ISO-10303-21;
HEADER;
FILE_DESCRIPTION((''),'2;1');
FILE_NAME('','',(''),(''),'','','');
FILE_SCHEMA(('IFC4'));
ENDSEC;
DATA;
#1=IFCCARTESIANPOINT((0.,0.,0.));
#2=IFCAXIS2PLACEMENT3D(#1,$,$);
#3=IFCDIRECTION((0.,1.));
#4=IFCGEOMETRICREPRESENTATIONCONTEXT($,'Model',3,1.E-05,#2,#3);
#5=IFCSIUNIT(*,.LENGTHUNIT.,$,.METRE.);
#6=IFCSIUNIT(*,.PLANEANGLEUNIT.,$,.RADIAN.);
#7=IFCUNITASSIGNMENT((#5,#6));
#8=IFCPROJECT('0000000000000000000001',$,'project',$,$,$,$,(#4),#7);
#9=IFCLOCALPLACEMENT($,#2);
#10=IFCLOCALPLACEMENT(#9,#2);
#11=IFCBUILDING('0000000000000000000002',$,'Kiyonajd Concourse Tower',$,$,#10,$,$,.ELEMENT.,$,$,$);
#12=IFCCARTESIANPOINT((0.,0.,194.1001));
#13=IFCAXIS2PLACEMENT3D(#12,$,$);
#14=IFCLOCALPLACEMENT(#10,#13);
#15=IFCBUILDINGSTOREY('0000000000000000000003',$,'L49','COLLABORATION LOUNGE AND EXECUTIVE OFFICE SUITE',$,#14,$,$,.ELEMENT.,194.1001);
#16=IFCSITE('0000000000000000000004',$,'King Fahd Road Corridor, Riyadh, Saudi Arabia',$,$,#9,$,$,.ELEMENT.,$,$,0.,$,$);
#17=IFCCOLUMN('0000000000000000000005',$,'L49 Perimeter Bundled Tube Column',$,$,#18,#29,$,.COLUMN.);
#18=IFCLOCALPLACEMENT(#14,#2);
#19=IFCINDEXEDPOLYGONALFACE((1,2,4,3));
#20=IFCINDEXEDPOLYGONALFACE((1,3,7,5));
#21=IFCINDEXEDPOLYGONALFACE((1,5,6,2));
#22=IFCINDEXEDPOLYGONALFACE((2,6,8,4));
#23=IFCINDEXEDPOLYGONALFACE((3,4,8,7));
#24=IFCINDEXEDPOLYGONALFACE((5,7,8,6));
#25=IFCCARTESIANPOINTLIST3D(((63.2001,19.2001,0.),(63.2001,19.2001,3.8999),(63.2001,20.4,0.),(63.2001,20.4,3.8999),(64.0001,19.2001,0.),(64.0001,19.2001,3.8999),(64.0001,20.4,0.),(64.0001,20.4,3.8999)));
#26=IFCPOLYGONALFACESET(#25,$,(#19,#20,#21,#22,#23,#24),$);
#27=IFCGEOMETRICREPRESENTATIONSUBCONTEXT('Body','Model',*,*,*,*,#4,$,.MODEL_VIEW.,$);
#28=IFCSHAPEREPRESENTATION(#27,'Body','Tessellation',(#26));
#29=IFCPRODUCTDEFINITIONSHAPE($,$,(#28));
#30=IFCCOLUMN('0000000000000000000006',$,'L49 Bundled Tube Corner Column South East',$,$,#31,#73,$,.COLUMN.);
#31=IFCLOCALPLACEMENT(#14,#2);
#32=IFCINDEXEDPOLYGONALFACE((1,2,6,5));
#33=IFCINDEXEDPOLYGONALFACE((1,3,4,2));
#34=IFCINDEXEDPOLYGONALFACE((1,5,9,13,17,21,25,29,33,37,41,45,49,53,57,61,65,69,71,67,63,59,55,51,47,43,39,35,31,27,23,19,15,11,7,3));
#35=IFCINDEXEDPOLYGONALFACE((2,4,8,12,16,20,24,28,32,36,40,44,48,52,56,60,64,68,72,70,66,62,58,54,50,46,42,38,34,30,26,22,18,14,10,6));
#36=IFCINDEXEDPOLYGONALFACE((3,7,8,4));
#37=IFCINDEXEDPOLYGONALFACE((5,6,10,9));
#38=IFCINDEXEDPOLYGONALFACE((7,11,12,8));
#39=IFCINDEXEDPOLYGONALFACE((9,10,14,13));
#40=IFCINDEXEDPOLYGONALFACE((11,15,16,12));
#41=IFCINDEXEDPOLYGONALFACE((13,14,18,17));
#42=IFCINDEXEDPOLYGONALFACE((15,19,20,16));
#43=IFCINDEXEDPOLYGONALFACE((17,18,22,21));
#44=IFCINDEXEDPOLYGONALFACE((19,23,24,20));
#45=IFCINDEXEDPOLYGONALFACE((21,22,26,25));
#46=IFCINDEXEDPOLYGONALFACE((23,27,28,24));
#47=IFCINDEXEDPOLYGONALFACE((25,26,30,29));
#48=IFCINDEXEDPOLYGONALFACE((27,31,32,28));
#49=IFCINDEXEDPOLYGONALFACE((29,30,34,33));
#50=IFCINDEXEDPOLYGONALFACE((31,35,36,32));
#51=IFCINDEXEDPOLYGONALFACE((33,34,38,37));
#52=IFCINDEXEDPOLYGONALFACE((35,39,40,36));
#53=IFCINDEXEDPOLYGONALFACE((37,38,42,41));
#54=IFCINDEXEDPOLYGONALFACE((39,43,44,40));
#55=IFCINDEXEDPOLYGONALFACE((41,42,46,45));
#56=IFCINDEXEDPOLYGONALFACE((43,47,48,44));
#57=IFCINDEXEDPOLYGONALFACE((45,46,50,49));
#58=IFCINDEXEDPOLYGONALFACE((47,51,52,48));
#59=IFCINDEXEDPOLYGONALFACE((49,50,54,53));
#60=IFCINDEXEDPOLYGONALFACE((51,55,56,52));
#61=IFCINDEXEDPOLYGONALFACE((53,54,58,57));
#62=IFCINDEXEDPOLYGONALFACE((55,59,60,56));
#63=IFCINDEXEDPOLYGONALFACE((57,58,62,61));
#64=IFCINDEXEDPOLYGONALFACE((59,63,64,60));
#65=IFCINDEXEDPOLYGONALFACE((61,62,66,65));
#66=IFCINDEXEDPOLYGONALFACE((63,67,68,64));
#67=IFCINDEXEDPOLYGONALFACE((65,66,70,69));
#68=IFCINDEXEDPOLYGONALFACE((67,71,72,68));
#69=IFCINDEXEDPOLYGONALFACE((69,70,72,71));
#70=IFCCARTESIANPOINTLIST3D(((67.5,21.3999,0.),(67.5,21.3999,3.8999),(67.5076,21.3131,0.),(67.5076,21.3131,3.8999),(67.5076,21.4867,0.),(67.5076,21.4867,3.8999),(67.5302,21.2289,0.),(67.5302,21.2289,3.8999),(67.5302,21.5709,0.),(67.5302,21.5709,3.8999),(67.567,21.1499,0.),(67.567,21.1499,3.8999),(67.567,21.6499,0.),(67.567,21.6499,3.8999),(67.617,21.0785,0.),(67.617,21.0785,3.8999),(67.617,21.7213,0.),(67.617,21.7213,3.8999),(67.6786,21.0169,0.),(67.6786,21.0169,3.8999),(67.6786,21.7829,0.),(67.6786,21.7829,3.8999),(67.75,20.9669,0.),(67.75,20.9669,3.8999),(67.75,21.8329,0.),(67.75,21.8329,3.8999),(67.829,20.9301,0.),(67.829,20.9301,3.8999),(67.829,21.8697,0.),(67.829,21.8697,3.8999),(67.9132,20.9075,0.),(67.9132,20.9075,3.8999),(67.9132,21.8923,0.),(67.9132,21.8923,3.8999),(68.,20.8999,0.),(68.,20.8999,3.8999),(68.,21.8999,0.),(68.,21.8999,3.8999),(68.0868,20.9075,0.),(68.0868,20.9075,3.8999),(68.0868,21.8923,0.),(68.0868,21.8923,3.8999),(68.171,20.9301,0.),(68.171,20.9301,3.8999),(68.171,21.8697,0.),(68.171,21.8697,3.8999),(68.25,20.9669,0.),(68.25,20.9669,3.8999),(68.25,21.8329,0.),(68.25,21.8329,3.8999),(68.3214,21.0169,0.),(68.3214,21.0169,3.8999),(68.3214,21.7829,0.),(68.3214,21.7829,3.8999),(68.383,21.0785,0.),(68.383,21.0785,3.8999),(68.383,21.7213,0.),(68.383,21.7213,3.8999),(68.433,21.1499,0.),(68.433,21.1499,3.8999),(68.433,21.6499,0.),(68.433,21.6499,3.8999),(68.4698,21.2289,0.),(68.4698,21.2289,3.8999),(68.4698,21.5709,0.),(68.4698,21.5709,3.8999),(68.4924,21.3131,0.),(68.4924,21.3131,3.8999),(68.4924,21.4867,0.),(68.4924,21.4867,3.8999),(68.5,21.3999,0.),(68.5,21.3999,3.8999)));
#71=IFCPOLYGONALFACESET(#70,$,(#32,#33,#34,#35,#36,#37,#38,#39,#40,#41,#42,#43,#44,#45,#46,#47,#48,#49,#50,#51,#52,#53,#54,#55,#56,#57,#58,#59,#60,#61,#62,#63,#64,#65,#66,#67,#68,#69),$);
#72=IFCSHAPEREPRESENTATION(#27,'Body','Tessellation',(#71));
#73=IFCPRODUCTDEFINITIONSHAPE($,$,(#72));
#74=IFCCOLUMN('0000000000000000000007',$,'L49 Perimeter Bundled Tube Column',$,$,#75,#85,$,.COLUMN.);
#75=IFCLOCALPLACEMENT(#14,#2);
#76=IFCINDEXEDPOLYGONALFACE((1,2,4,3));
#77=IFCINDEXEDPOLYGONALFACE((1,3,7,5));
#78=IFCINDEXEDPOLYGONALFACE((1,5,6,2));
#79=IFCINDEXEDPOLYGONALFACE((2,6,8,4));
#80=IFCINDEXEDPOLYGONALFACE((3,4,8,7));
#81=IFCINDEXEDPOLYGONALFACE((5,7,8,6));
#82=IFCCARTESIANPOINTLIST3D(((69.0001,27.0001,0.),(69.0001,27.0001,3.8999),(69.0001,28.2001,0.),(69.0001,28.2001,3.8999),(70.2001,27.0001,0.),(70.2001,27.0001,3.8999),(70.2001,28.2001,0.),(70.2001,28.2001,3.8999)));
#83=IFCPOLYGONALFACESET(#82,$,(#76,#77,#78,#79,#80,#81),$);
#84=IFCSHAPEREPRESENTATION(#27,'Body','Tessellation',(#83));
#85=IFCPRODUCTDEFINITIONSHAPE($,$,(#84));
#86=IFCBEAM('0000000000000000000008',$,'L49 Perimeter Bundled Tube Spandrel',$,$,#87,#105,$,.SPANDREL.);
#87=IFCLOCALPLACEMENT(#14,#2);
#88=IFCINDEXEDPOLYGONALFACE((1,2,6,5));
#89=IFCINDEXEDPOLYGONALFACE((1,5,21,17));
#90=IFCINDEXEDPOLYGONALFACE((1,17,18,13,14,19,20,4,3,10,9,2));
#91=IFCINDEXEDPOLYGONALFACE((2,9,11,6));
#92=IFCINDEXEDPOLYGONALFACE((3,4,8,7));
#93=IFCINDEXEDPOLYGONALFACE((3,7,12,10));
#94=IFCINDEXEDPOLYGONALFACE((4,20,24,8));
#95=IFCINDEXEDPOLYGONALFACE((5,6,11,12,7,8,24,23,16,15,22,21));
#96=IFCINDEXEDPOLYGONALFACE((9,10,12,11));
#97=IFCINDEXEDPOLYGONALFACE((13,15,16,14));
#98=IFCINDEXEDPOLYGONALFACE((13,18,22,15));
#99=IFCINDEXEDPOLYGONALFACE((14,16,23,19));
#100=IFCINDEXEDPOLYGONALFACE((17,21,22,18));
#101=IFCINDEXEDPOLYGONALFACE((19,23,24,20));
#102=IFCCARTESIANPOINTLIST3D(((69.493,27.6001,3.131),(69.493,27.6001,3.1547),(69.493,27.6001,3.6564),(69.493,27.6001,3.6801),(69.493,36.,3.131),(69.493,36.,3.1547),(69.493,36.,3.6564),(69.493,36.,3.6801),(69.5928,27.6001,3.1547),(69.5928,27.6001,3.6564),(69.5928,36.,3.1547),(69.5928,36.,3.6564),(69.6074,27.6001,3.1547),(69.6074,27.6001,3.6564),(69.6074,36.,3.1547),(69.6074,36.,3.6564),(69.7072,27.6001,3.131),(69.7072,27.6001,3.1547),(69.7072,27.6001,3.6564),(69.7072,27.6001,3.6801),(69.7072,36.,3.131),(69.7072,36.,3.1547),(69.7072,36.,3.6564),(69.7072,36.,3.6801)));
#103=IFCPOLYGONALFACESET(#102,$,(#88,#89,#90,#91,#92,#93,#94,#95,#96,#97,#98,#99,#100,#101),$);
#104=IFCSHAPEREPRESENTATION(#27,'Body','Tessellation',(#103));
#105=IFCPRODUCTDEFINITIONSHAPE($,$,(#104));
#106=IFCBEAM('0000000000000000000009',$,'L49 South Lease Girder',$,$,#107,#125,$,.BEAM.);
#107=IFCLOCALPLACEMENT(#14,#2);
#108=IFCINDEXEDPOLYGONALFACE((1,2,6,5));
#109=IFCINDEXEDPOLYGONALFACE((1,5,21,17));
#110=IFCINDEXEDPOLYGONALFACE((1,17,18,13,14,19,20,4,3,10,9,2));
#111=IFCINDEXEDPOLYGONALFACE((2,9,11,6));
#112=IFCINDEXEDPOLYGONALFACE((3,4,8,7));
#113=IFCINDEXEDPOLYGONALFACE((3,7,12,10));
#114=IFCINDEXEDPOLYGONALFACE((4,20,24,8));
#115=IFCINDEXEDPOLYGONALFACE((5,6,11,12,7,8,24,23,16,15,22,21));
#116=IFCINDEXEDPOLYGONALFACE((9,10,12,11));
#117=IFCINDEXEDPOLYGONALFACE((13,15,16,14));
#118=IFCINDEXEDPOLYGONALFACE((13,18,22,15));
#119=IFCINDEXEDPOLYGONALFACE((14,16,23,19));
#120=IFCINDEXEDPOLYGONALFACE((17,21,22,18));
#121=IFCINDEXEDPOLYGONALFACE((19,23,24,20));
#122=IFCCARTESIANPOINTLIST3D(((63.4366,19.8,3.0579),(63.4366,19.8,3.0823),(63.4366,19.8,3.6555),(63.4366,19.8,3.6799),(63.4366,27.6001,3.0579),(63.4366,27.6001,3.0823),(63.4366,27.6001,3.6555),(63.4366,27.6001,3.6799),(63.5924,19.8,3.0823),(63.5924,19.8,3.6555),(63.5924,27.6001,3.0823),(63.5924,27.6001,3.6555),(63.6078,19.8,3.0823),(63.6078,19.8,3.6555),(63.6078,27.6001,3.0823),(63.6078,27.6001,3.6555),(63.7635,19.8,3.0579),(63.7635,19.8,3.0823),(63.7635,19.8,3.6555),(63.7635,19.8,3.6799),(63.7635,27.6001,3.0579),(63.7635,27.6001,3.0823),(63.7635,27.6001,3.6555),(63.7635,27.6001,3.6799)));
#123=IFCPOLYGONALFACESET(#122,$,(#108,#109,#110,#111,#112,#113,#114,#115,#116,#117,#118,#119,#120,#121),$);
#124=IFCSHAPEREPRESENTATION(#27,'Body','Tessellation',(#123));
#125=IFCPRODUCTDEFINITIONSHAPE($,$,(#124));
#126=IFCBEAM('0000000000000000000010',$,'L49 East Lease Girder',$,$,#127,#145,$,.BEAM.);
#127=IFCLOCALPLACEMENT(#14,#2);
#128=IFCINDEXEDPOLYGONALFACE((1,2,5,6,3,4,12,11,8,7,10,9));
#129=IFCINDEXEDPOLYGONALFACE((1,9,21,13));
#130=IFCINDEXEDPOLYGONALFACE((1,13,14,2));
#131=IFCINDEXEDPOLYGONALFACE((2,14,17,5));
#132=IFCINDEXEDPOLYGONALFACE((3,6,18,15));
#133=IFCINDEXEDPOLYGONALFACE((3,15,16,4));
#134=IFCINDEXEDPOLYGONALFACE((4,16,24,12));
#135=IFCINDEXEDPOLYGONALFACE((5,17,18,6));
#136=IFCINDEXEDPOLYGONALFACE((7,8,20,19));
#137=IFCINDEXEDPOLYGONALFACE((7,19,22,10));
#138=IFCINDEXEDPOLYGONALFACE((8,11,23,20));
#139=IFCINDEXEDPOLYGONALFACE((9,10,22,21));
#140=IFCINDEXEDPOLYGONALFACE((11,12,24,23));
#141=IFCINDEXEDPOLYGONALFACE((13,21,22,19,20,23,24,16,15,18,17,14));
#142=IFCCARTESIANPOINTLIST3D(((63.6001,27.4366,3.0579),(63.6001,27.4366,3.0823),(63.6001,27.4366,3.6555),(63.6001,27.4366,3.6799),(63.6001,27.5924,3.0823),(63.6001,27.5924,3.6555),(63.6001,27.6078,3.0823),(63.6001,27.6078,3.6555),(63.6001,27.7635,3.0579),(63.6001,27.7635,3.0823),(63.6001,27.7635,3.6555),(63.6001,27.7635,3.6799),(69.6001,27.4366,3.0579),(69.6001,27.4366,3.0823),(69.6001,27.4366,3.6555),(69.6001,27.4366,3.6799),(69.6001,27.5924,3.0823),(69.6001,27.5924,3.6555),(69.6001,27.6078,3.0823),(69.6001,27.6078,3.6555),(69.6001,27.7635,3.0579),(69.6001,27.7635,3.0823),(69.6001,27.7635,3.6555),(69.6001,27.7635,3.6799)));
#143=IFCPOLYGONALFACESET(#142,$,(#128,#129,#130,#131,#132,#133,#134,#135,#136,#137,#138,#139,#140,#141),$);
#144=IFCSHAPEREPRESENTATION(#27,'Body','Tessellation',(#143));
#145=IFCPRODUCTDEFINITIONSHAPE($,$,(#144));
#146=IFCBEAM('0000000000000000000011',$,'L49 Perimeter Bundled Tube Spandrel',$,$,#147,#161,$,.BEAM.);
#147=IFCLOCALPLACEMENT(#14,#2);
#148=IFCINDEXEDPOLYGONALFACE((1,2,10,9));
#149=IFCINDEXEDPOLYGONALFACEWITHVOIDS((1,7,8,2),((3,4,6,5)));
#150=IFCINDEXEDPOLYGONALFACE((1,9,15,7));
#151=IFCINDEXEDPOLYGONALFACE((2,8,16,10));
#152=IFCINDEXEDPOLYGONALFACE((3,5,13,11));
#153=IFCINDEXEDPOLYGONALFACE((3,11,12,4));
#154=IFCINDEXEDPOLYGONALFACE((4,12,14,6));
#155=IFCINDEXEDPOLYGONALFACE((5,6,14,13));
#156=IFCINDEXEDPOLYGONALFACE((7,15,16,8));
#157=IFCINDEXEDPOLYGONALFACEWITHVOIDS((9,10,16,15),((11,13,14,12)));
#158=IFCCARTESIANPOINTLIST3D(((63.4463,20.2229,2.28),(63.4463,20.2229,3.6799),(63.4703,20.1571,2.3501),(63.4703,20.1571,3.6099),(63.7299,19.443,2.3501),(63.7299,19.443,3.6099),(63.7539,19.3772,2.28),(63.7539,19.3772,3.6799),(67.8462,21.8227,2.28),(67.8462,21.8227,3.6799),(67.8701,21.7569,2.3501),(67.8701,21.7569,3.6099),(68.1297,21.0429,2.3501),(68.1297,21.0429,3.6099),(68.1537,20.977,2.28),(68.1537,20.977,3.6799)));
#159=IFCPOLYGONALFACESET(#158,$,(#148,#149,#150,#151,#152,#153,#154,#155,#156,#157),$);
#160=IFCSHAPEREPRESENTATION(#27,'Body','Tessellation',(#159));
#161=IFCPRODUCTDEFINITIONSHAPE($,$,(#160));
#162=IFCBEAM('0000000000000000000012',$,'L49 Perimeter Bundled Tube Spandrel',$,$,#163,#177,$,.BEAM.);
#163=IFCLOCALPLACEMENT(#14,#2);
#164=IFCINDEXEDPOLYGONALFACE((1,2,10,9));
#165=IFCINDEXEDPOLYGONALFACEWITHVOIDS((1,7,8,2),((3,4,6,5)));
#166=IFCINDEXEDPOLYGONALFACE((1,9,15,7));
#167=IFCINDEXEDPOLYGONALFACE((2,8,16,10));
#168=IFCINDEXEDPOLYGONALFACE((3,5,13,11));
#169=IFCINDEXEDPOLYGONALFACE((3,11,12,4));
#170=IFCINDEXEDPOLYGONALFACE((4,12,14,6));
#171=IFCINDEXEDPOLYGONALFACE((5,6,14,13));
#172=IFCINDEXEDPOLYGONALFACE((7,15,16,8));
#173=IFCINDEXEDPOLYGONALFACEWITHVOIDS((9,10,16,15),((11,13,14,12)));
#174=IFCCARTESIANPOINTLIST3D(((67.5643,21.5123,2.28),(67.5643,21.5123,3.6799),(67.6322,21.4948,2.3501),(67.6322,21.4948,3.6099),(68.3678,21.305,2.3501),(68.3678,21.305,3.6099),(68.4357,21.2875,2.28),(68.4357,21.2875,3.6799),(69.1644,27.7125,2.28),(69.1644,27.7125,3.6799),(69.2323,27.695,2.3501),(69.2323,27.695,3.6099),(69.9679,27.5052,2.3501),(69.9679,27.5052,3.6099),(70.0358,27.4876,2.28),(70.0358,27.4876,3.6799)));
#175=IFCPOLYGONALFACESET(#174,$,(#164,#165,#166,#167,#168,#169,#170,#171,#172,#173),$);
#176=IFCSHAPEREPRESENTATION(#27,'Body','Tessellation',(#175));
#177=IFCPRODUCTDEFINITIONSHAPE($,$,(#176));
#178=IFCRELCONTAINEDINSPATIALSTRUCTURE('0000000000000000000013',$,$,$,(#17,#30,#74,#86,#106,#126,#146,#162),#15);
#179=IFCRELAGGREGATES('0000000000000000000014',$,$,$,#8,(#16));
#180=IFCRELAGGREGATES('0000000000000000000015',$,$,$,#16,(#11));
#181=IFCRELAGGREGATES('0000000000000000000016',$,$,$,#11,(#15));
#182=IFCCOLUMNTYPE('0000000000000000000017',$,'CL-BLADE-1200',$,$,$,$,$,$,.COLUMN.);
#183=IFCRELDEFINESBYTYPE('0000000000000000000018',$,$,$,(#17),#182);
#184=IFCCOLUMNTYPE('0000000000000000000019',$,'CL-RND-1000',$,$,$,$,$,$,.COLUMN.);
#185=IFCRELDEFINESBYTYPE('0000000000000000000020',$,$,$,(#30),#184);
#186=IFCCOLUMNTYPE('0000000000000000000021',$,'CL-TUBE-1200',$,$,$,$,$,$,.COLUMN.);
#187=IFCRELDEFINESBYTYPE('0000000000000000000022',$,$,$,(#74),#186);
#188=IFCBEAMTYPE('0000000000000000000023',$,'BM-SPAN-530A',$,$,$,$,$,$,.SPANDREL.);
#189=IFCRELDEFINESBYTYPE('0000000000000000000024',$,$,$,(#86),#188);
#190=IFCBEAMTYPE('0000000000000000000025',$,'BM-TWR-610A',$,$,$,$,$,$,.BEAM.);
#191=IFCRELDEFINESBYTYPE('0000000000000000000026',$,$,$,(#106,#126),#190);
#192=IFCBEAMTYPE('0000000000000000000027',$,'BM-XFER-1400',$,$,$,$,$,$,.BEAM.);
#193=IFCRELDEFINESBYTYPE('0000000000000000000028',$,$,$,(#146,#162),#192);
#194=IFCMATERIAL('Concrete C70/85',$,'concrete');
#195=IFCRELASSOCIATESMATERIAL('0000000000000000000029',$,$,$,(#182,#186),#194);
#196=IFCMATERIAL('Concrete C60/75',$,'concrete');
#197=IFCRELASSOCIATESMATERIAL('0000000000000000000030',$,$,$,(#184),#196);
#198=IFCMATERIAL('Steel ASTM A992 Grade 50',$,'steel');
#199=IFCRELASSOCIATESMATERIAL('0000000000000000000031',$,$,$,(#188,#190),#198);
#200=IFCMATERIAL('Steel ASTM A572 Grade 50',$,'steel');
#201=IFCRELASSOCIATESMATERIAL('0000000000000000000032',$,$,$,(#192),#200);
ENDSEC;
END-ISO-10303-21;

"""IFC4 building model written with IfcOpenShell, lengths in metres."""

from ifc_helpers import new_model, si_unit, direction, frame, origin, origin_2d, place, context, subcontext, project, spatial, rectangle, hollow_rectangle, circle, i_section, extrude, material, material_profile, profile_set, type_object, element, save


model = new_model("IFC4")

# Units and contexts
model_context = context("Model", 3, precision=1e-05, world=origin(), true_north=direction((0.0, 1.0)))
body_context = subcontext(model_context, "Body", "Model", "MODEL_VIEW")
ifc_project = project(units=[si_unit("LENGTHUNIT", "METRE"), si_unit("PLANEANGLEUNIT", "RADIAN")], contexts=[model_context])

# Site, building, storey
site_placement = place(None, origin())
site = spatial("IfcSite", under=ifc_project, at=site_placement, Name="King Fahd Road Corridor, Riyadh, Saudi Arabia", CompositionType="ELEMENT", RefElevation=0.0)
building_placement = place(site_placement, origin())
building = spatial("IfcBuilding", under=site, at=building_placement, Name="Kiyonajd Concourse Tower", CompositionType="ELEMENT")
storey_placement = place(building_placement, frame((0.0, 0.0, 194.1001)))
storey = spatial("IfcBuildingStorey", under=building, at=storey_placement, Name="L49", Description="COLLABORATION LOUNGE AND EXECUTIVE OFFICE SUITE", CompositionType="ELEMENT", Elevation=194.1001)

# Columns
ifc_material_1 = material(Name="Concrete C70/85", Category="concrete")
ifc_material_profile_1 = material_profile(ifc_material_1, rectangle(XDim=0.8, YDim=1.2, at=origin_2d()), Name="RC-1200x800")
ifc_profile_set_1 = profile_set([ifc_material_profile_1], Name="Concrete C70/85")
column_type_1 = type_object("IfcColumnType", Name="CL-BLADE-1200", PredefinedType="COLUMN", material=ifc_profile_set_1)
column_1_placement = place(storey_placement, frame((63.6001, 19.8, 0.0), z_axis=(0.0, 0.0, 1.0), x_axis=(1.0, 0.0, 0.0)))
element("IfcColumn", 1, at=column_1_placement, inside=storey, type_object=column_type_1, Name="L49 Perimeter Bundled Tube Column", PredefinedType="COLUMN", context=body_context, shape_type="SweptSolid", body=[
    extrude(rectangle(XDim=0.8, YDim=1.2, at=origin_2d()), origin(), (0.0, 0.0, 1.0), 3.8999),
])
ifc_material_2 = material(Name="Concrete C60/75", Category="concrete")
ifc_material_profile_2 = material_profile(ifc_material_2, circle(Radius=0.5, at=origin_2d()), Name="RCC-D1000")
ifc_profile_set_2 = profile_set([ifc_material_profile_2], Name="Concrete C60/75")
column_type_2 = type_object("IfcColumnType", Name="CL-RND-1000", PredefinedType="COLUMN", material=ifc_profile_set_2)
column_2_placement = place(storey_placement, frame((68.0, 21.3999, 0.0), z_axis=(0.0, 0.0, 1.0), x_axis=(1.0, 0.0, 0.0)))
element("IfcColumn", 2, at=column_2_placement, inside=storey, type_object=column_type_2, Name="L49 Bundled Tube Corner Column South East", PredefinedType="COLUMN", context=body_context, shape_type="SweptSolid", body=[
    extrude(circle(Radius=0.5, at=origin_2d()), origin(), (0.0, 0.0, 1.0), 3.8999),
])
ifc_material_profile_3 = material_profile(ifc_material_1, rectangle(XDim=1.2, YDim=1.2, at=origin_2d()), Name="RC-1200x1200")
ifc_profile_set_3 = profile_set([ifc_material_profile_3], Name="Concrete C70/85")
column_type_3 = type_object("IfcColumnType", Name="CL-TUBE-1200", PredefinedType="COLUMN", material=ifc_profile_set_3)
column_3_placement = place(storey_placement, frame((69.6001, 27.6001, 0.0), z_axis=(0.0, 0.0, 1.0), x_axis=(1.0, 0.0, 0.0)))
element("IfcColumn", 3, at=column_3_placement, inside=storey, type_object=column_type_3, Name="L49 Perimeter Bundled Tube Column", PredefinedType="COLUMN", context=body_context, shape_type="SweptSolid", body=[
    extrude(rectangle(XDim=1.2, YDim=1.2, at=origin_2d()), origin(), (0.0, 0.0, 1.0), 3.8999),
])

# Beams
ifc_material_3 = material(Name="Steel ASTM A992 Grade 50", Category="steel")
ifc_material_profile_4 = material_profile(ifc_material_3, i_section(OverallWidth=0.2141, OverallDepth=0.5491, WebThickness=0.0146, FlangeThickness=0.0237, at=origin_2d()), Name="W530X138")
ifc_profile_set_4 = profile_set([ifc_material_profile_4], Name="Steel ASTM A992 Grade 50")
beam_type_1 = type_object("IfcBeamType", Name="BM-SPAN-530A", PredefinedType="SPANDREL", material=ifc_profile_set_4)
beam_1_placement = place(storey_placement, frame((69.6001, 27.6001, 3.4055), z_axis=(0.0, 1.0, 0.0), x_axis=(-1.0, 0.0, 0.0)))
element("IfcBeam", 4, at=beam_1_placement, inside=storey, type_object=beam_type_1, Name="L49 Perimeter Bundled Tube Spandrel", PredefinedType="SPANDREL", context=body_context, shape_type="SweptSolid", body=[
    extrude(i_section(OverallWidth=0.2141, OverallDepth=0.5491, WebThickness=0.0146, FlangeThickness=0.0237, at=origin_2d()), origin(), (0.0, 0.0, 1.0), 8.3999),
])
ifc_material_profile_5 = material_profile(ifc_material_3, i_section(OverallWidth=0.3269, OverallDepth=0.6221, WebThickness=0.0154, FlangeThickness=0.0244, at=origin_2d()), Name="W610X195")
ifc_profile_set_5 = profile_set([ifc_material_profile_5], Name="Steel ASTM A992 Grade 50")
beam_type_2 = type_object("IfcBeamType", Name="BM-TWR-610A", PredefinedType="BEAM", material=ifc_profile_set_5)
beam_2_placement = place(storey_placement, frame((63.6001, 19.8, 3.3689), z_axis=(0.0, 1.0, 0.0), x_axis=(-1.0, 0.0, 0.0)))
element("IfcBeam", 5, at=beam_2_placement, inside=storey, type_object=beam_type_2, Name="L49 South Lease Girder", PredefinedType="BEAM", context=body_context, shape_type="SweptSolid", body=[
    extrude(i_section(OverallWidth=0.3269, OverallDepth=0.6221, WebThickness=0.0154, FlangeThickness=0.0244, at=origin_2d()), origin(), (0.0, 0.0, 1.0), 7.8),
])
beam_3_placement = place(storey_placement, frame((63.6001, 27.6001, 3.3689), z_axis=(1.0, 0.0, 0.0), x_axis=(0.0, 1.0, 0.0)))
element("IfcBeam", 6, at=beam_3_placement, inside=storey, type_object=beam_type_2, Name="L49 East Lease Girder", PredefinedType="BEAM", context=body_context, shape_type="SweptSolid", body=[
    extrude(i_section(OverallWidth=0.3269, OverallDepth=0.6221, WebThickness=0.0154, FlangeThickness=0.0244, at=origin_2d()), origin(), (0.0, 0.0, 1.0), 6.0),
])
ifc_material_4 = material(Name="Steel ASTM A572 Grade 50", Category="steel")
ifc_material_profile_6 = material_profile(ifc_material_4, hollow_rectangle(XDim=0.8999, YDim=1.3999, WallThickness=0.0701, at=origin_2d()), Name="BOX-1400x900x70")
ifc_profile_set_6 = profile_set([ifc_material_profile_6], Name="Steel ASTM A572 Grade 50")
beam_type_3 = type_object("IfcBeamType", Name="BM-XFER-1400", PredefinedType="BEAM", material=ifc_profile_set_6)
beam_4_placement = place(storey_placement, frame((63.6001, 19.8, 2.98), z_axis=(0.939801, 0.341722, 0.0), x_axis=(-0.341722, 0.939801, 0.0)))
element("IfcBeam", 7, at=beam_4_placement, inside=storey, type_object=beam_type_3, Name="L49 Perimeter Bundled Tube Spandrel", PredefinedType="BEAM", context=body_context, shape_type="SweptSolid", body=[
    extrude(hollow_rectangle(XDim=0.8999, YDim=1.3999, WallThickness=0.0701, at=origin_2d()), origin(), (0.0, 0.0, 1.0), 4.6816),
])
beam_5_placement = place(storey_placement, frame((68.0, 21.3999, 2.98), z_axis=(0.249885, 0.968276, 0.0), x_axis=(-0.968276, 0.249885, 0.0)))
element("IfcBeam", 8, at=beam_5_placement, inside=storey, type_object=beam_type_3, Name="L49 Perimeter Bundled Tube Spandrel", PredefinedType="BEAM", context=body_context, shape_type="SweptSolid", body=[
    extrude(hollow_rectangle(XDim=0.8999, YDim=1.3999, WallThickness=0.0701, at=origin_2d()), origin(), (0.0, 0.0, 1.0), 6.4033),
])

save(model, "model.ifc")
